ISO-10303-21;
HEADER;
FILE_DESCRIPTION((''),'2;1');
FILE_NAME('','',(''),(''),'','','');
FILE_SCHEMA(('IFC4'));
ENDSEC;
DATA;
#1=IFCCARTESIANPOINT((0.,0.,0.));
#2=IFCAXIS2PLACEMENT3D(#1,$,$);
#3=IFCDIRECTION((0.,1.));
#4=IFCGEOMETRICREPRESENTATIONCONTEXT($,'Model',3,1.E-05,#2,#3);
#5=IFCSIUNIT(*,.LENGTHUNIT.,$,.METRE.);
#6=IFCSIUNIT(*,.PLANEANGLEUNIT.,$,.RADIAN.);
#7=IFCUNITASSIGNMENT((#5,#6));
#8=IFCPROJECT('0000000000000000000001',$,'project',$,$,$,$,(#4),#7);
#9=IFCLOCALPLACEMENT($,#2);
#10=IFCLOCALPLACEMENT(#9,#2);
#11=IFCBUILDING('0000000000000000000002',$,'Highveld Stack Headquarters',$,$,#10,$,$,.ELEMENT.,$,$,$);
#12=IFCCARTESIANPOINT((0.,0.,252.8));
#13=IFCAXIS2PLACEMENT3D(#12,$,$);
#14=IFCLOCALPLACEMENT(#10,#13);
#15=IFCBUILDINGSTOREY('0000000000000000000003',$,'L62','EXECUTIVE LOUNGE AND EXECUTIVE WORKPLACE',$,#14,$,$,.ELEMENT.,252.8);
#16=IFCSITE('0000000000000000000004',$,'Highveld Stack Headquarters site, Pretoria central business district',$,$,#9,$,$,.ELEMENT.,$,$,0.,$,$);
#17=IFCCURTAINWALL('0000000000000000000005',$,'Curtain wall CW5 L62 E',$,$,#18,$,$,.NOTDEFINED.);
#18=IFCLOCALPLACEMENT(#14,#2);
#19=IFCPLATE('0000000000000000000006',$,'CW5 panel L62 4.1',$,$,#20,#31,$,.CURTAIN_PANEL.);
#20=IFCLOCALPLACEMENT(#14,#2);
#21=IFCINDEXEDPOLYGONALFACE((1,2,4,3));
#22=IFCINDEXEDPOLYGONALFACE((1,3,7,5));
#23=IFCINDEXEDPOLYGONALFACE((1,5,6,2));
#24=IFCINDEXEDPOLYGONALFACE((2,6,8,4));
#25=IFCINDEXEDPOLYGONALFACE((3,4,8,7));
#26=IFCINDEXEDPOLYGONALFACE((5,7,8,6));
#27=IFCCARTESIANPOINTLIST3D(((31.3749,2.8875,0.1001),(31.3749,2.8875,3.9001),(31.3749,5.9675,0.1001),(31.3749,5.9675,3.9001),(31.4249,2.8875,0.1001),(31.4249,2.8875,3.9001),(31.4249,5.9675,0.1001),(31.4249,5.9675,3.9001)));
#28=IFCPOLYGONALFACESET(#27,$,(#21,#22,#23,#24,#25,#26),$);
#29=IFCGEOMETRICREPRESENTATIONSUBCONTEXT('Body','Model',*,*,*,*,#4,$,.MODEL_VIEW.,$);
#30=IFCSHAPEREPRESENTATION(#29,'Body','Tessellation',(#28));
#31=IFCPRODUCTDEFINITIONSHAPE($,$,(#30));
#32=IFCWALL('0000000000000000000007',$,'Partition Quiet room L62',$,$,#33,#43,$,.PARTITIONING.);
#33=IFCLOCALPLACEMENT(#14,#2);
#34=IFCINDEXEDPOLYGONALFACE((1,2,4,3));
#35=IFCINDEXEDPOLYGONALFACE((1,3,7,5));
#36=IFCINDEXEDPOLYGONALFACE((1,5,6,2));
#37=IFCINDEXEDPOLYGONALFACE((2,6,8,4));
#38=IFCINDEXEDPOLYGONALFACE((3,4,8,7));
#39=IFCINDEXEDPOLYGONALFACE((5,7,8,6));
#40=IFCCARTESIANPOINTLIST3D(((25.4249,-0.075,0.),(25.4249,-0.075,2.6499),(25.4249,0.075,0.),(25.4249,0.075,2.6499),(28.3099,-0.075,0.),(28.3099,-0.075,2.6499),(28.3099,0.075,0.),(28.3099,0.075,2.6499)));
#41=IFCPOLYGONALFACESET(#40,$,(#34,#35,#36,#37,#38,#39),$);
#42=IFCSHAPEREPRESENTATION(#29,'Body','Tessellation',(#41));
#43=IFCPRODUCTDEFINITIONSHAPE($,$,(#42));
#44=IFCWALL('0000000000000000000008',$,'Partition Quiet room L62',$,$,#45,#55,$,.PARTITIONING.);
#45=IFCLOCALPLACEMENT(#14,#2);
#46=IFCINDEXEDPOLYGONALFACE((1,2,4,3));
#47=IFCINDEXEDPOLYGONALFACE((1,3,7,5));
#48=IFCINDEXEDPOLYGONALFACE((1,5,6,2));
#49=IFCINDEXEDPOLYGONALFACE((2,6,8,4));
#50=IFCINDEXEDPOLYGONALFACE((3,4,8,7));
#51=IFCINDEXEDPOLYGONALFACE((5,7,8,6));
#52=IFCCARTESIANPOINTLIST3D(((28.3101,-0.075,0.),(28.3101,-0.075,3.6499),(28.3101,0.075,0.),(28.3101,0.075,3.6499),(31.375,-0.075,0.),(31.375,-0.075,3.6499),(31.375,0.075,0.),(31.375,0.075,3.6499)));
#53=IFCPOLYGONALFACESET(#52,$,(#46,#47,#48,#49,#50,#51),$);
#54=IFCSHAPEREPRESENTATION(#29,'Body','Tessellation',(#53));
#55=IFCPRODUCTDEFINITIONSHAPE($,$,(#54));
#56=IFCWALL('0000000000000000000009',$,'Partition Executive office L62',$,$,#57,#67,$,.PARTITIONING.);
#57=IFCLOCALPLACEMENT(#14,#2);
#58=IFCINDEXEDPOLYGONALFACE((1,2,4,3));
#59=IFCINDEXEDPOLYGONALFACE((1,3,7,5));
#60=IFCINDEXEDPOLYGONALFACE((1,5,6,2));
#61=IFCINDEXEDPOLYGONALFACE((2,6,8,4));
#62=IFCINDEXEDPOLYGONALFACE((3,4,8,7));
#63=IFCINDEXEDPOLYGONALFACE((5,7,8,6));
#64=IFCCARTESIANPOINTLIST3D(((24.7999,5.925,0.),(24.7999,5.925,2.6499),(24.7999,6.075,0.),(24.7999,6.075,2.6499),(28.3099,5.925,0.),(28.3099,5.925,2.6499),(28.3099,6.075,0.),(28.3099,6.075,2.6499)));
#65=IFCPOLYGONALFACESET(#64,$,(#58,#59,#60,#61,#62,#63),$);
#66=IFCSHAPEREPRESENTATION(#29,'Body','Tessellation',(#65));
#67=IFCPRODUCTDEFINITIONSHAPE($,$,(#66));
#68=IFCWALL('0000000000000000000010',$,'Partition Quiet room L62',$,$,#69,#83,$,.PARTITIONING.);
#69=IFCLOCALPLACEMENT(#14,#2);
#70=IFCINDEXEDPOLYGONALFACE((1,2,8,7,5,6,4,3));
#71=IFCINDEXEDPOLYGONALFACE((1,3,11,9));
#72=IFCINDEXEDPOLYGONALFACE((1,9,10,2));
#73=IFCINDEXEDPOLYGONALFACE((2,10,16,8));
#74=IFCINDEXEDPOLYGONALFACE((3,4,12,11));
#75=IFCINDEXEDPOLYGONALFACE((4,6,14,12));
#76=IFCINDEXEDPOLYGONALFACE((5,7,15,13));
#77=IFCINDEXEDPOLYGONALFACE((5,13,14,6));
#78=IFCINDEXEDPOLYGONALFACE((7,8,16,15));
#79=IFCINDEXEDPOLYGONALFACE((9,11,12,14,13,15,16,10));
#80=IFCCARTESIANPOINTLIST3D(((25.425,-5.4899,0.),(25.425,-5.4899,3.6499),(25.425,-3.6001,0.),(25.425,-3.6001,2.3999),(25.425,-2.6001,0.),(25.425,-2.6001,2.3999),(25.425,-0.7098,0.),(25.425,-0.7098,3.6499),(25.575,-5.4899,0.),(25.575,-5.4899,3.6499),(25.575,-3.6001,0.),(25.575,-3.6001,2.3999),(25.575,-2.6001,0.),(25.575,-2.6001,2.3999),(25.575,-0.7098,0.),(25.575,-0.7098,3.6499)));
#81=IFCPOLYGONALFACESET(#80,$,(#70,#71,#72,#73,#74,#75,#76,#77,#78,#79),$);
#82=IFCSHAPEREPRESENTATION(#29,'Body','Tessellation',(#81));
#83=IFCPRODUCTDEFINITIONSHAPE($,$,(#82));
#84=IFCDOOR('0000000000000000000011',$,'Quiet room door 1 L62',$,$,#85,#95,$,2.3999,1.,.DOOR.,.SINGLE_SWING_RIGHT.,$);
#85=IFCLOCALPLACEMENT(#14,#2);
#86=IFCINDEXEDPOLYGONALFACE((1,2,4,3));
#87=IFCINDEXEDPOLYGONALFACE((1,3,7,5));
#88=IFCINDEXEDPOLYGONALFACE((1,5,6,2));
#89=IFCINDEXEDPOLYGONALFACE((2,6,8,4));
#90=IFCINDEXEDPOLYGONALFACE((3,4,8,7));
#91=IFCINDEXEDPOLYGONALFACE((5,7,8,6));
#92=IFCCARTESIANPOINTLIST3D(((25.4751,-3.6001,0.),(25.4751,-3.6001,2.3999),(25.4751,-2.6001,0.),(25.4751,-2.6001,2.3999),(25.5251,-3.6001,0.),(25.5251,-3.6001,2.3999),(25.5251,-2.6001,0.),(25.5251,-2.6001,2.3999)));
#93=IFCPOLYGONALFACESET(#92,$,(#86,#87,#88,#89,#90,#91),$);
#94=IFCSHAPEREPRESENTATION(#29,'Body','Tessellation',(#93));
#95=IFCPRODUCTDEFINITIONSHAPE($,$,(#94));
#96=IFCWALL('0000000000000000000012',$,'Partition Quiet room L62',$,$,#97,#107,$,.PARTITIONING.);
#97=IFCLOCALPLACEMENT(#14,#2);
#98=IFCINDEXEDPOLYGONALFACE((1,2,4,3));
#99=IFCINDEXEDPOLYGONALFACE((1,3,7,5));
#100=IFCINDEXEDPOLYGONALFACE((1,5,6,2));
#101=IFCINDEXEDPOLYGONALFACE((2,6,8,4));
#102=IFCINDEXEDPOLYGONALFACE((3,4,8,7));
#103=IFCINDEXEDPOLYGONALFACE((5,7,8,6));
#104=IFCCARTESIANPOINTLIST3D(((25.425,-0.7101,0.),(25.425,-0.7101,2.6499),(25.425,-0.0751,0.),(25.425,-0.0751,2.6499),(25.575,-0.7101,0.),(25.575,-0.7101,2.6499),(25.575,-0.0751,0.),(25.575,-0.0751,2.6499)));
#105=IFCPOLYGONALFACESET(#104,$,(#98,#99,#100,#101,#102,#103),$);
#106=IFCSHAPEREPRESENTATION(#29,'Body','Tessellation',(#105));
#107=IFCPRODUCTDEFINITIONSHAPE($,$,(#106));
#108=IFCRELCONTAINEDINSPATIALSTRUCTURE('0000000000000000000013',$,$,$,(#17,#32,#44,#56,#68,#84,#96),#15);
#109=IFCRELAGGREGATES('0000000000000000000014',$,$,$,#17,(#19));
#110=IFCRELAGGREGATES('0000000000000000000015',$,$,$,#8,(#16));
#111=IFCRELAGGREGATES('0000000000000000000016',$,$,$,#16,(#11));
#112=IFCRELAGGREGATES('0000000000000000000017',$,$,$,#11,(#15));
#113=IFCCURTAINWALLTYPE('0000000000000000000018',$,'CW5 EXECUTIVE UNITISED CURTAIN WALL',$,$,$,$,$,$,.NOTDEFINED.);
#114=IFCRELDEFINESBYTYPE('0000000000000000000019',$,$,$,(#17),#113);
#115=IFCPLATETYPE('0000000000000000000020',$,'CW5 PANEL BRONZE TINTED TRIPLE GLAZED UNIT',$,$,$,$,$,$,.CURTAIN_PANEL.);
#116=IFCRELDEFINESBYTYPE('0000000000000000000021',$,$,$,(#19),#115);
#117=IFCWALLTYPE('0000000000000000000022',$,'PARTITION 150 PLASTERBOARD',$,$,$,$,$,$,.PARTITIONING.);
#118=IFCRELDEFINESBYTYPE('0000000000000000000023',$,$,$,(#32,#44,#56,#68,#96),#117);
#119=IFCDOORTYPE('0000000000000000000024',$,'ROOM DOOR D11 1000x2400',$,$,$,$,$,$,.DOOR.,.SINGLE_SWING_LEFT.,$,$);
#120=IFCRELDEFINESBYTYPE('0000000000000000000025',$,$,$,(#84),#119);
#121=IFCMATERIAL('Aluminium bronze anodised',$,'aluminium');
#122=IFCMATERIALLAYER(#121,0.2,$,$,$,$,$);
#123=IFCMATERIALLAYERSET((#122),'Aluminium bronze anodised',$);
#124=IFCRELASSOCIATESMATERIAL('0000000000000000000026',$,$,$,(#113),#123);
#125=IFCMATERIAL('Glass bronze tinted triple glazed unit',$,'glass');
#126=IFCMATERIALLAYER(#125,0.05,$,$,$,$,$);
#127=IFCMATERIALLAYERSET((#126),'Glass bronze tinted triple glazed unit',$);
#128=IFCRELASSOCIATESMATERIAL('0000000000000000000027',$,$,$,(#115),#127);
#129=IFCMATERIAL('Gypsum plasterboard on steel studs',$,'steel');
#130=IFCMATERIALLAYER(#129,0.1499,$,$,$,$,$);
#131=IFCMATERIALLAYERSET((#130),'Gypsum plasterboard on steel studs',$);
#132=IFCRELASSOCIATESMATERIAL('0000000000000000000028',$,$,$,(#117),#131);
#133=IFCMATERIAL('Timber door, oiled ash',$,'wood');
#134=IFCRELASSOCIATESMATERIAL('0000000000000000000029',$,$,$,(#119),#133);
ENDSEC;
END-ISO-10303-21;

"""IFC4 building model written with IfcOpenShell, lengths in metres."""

from ifc_helpers import new_model, si_unit, direction, frame, frame_2d, origin, origin_2d, place, context, subcontext, project, spatial, rectangle, extrude, material, layer, layer_set, type_object, element, fill, aggregate, save


model = new_model("IFC4")

# Units and contexts
model_context = context("Model", 3, precision=1e-05, world=origin(), true_north=direction((0.0, 1.0)))
body_context = subcontext(model_context, "Body", "Model", "MODEL_VIEW")
ifc_project = project(units=[si_unit("LENGTHUNIT", "METRE"), si_unit("PLANEANGLEUNIT", "RADIAN")], contexts=[model_context])

# Site, building, storey
site_placement = place(None, origin())
site = spatial("IfcSite", under=ifc_project, at=site_placement, Name="Highveld Stack Headquarters site, Pretoria central business district", CompositionType="ELEMENT", RefElevation=0.0)
building_placement = place(site_placement, origin())
building = spatial("IfcBuilding", under=site, at=building_placement, Name="Highveld Stack Headquarters", CompositionType="ELEMENT")
storey_placement = place(building_placement, frame((0.0, 0.0, 252.8)))
storey = spatial("IfcBuildingStorey", under=building, at=storey_placement, Name="L62", Description="EXECUTIVE LOUNGE AND EXECUTIVE WORKPLACE", CompositionType="ELEMENT", Elevation=252.8)

# Curtain wall
ifc_material_1 = material(Name="Aluminium bronze anodised", Category="aluminium")
ifc_layer_1 = layer(ifc_material_1, 0.2)
ifc_layer_set_1 = layer_set([ifc_layer_1], Name="Aluminium bronze anodised")
curtain_wall_type = type_object("IfcCurtainWallType", Name="CW5 EXECUTIVE UNITISED CURTAIN WALL", PredefinedType="NOTDEFINED", material=ifc_layer_set_1)
curtain_wall_placement = place(storey_placement, origin())
curtain_wall = element("IfcCurtainWall", 1, at=curtain_wall_placement, inside=storey, type_object=curtain_wall_type, Name="Curtain wall CW5 L62 E", PredefinedType="NOTDEFINED")

# Plate
ifc_material_2 = material(Name="Glass bronze tinted triple glazed unit", Category="glass")
ifc_layer_2 = layer(ifc_material_2, 0.05)
ifc_layer_set_2 = layer_set([ifc_layer_2], Name="Glass bronze tinted triple glazed unit")
plate_type = type_object("IfcPlateType", Name="CW5 PANEL BRONZE TINTED TRIPLE GLAZED UNIT", PredefinedType="CURTAIN_PANEL", material=ifc_layer_set_2)
plate_1_placement = place(storey_placement, frame((31.3999, 4.4275, 0.1001), z_axis=(0.0, 0.0, 1.0), x_axis=(0.0, 1.0, 0.0)))
plate_1 = element("IfcPlate", 2, at=plate_1_placement, type_object=plate_type, Name="CW5 panel L62 4.1", PredefinedType="CURTAIN_PANEL", context=body_context, shape_type="SweptSolid", body=[
    extrude(rectangle(XDim=3.0801, YDim=0.05, at=origin_2d()), origin(), (0.0, 0.0, 1.0), 3.8),
])
aggregate(curtain_wall, [plate_1])

# Walls
ifc_material_3 = material(Name="Gypsum plasterboard on steel studs", Category="steel")
ifc_layer_3 = layer(ifc_material_3, 0.1499)
ifc_layer_set_3 = layer_set([ifc_layer_3], Name="Gypsum plasterboard on steel studs")
wall_type = type_object("IfcWallType", Name="PARTITION 150 PLASTERBOARD", PredefinedType="PARTITIONING", material=ifc_layer_set_3)
wall_1_placement = place(storey_placement, frame((25.425, 0.0, 0.0), z_axis=(0.0, 0.0, 1.0), x_axis=(1.0, 0.0, 0.0)))
element("IfcWall", 3, at=wall_1_placement, inside=storey, type_object=wall_type, Name="Partition Quiet room L62", PredefinedType="PARTITIONING", context=body_context, shape_type="SweptSolid", body=[
    extrude(rectangle(XDim=2.885, YDim=0.1499, at=frame_2d((1.4424, 0.0))), origin(), (0.0, 0.0, 1.0), 2.6499),
])
wall_2_placement = place(storey_placement, frame((28.3101, 0.0, 0.0), z_axis=(0.0, 0.0, 1.0), x_axis=(1.0, 0.0, 0.0)))
element("IfcWall", 4, at=wall_2_placement, inside=storey, type_object=wall_type, Name="Partition Quiet room L62", PredefinedType="PARTITIONING", context=body_context, shape_type="SweptSolid", body=[
    extrude(rectangle(XDim=3.0649, YDim=0.1499, at=frame_2d((1.5325, 0.0))), origin(), (0.0, 0.0, 1.0), 3.6499),
])
wall_3_placement = place(storey_placement, frame((24.8, 6.0, 0.0), z_axis=(0.0, 0.0, 1.0), x_axis=(1.0, 0.0, 0.0)))
element("IfcWall", 5, at=wall_3_placement, inside=storey, type_object=wall_type, Name="Partition Executive office L62", PredefinedType="PARTITIONING", context=body_context, shape_type="SweptSolid", body=[
    extrude(rectangle(XDim=3.51, YDim=0.1499, at=frame_2d((1.7549, 0.0))), origin(), (0.0, 0.0, 1.0), 2.6499),
])

# Wall, opening, door
wall_4_placement = place(storey_placement, frame((25.5, -5.49, 0.0), z_axis=(0.0, 0.0, 1.0), x_axis=(0.0, 1.0, 0.0)))
wall_4 = element("IfcWall", 6, at=wall_4_placement, inside=storey, type_object=wall_type, Name="Partition Quiet room L62", PredefinedType="PARTITIONING", context=body_context, shape_type="SweptSolid", body=[
    extrude(rectangle(XDim=4.78, YDim=0.1499, at=frame_2d((2.3901, 0.0))), origin(), (0.0, 0.0, 1.0), 3.6499),
])
opening_placement = place(wall_4_placement, frame((1.8899, 0.0, 0.0)))
opening = element("IfcOpeningElement", 7, at=opening_placement, cuts=wall_4, PredefinedType="OPENING", context=body_context, shape_type="SweptSolid", body=[
    extrude(rectangle(XDim=1.0, YDim=2.3999, at=frame_2d((0.5, 1.2))), frame((0.0, 0.085, 0.0), z_axis=(0.0, -1.0, 0.0), x_axis=(1.0, 0.0, 0.0)), (0.0, 0.0, 1.0), 0.1699),
])
ifc_material_4 = material(Name="Timber door, oiled ash", Category="wood")
door_type = type_object("IfcDoorType", Name="ROOM DOOR D11 1000x2400", OperationType="SINGLE_SWING_LEFT", PredefinedType="DOOR", material=ifc_material_4)
door_placement = place(opening_placement, origin())
door = element("IfcDoor", 8, at=door_placement, inside=storey, type_object=door_type, Name="Quiet room door 1 L62", OperationType="SINGLE_SWING_RIGHT", OverallHeight=2.3999, OverallWidth=1.0, PredefinedType="DOOR", context=body_context, shape_type="SweptSolid", body=[
    extrude(rectangle(XDim=1.0, YDim=2.3999, at=frame_2d((0.5, 1.2))), frame((0.0, 0.0249, 0.0), z_axis=(0.0, -1.0, 0.0), x_axis=(1.0, 0.0, 0.0)), (0.0, 0.0, 1.0), 0.05),
])
fill(opening, door)

# Wall
wall_5_placement = place(storey_placement, frame((25.5, -0.71, 0.0), z_axis=(0.0, 0.0, 1.0), x_axis=(0.0, 1.0, 0.0)))
element("IfcWall", 9, at=wall_5_placement, inside=storey, type_object=wall_type, Name="Partition Quiet room L62", PredefinedType="PARTITIONING", context=body_context, shape_type="SweptSolid", body=[
    extrude(rectangle(XDim=0.635, YDim=0.1499, at=frame_2d((0.3174, 0.0))), origin(), (0.0, 0.0, 1.0), 2.6499),
])

save(model, "model.ifc")
